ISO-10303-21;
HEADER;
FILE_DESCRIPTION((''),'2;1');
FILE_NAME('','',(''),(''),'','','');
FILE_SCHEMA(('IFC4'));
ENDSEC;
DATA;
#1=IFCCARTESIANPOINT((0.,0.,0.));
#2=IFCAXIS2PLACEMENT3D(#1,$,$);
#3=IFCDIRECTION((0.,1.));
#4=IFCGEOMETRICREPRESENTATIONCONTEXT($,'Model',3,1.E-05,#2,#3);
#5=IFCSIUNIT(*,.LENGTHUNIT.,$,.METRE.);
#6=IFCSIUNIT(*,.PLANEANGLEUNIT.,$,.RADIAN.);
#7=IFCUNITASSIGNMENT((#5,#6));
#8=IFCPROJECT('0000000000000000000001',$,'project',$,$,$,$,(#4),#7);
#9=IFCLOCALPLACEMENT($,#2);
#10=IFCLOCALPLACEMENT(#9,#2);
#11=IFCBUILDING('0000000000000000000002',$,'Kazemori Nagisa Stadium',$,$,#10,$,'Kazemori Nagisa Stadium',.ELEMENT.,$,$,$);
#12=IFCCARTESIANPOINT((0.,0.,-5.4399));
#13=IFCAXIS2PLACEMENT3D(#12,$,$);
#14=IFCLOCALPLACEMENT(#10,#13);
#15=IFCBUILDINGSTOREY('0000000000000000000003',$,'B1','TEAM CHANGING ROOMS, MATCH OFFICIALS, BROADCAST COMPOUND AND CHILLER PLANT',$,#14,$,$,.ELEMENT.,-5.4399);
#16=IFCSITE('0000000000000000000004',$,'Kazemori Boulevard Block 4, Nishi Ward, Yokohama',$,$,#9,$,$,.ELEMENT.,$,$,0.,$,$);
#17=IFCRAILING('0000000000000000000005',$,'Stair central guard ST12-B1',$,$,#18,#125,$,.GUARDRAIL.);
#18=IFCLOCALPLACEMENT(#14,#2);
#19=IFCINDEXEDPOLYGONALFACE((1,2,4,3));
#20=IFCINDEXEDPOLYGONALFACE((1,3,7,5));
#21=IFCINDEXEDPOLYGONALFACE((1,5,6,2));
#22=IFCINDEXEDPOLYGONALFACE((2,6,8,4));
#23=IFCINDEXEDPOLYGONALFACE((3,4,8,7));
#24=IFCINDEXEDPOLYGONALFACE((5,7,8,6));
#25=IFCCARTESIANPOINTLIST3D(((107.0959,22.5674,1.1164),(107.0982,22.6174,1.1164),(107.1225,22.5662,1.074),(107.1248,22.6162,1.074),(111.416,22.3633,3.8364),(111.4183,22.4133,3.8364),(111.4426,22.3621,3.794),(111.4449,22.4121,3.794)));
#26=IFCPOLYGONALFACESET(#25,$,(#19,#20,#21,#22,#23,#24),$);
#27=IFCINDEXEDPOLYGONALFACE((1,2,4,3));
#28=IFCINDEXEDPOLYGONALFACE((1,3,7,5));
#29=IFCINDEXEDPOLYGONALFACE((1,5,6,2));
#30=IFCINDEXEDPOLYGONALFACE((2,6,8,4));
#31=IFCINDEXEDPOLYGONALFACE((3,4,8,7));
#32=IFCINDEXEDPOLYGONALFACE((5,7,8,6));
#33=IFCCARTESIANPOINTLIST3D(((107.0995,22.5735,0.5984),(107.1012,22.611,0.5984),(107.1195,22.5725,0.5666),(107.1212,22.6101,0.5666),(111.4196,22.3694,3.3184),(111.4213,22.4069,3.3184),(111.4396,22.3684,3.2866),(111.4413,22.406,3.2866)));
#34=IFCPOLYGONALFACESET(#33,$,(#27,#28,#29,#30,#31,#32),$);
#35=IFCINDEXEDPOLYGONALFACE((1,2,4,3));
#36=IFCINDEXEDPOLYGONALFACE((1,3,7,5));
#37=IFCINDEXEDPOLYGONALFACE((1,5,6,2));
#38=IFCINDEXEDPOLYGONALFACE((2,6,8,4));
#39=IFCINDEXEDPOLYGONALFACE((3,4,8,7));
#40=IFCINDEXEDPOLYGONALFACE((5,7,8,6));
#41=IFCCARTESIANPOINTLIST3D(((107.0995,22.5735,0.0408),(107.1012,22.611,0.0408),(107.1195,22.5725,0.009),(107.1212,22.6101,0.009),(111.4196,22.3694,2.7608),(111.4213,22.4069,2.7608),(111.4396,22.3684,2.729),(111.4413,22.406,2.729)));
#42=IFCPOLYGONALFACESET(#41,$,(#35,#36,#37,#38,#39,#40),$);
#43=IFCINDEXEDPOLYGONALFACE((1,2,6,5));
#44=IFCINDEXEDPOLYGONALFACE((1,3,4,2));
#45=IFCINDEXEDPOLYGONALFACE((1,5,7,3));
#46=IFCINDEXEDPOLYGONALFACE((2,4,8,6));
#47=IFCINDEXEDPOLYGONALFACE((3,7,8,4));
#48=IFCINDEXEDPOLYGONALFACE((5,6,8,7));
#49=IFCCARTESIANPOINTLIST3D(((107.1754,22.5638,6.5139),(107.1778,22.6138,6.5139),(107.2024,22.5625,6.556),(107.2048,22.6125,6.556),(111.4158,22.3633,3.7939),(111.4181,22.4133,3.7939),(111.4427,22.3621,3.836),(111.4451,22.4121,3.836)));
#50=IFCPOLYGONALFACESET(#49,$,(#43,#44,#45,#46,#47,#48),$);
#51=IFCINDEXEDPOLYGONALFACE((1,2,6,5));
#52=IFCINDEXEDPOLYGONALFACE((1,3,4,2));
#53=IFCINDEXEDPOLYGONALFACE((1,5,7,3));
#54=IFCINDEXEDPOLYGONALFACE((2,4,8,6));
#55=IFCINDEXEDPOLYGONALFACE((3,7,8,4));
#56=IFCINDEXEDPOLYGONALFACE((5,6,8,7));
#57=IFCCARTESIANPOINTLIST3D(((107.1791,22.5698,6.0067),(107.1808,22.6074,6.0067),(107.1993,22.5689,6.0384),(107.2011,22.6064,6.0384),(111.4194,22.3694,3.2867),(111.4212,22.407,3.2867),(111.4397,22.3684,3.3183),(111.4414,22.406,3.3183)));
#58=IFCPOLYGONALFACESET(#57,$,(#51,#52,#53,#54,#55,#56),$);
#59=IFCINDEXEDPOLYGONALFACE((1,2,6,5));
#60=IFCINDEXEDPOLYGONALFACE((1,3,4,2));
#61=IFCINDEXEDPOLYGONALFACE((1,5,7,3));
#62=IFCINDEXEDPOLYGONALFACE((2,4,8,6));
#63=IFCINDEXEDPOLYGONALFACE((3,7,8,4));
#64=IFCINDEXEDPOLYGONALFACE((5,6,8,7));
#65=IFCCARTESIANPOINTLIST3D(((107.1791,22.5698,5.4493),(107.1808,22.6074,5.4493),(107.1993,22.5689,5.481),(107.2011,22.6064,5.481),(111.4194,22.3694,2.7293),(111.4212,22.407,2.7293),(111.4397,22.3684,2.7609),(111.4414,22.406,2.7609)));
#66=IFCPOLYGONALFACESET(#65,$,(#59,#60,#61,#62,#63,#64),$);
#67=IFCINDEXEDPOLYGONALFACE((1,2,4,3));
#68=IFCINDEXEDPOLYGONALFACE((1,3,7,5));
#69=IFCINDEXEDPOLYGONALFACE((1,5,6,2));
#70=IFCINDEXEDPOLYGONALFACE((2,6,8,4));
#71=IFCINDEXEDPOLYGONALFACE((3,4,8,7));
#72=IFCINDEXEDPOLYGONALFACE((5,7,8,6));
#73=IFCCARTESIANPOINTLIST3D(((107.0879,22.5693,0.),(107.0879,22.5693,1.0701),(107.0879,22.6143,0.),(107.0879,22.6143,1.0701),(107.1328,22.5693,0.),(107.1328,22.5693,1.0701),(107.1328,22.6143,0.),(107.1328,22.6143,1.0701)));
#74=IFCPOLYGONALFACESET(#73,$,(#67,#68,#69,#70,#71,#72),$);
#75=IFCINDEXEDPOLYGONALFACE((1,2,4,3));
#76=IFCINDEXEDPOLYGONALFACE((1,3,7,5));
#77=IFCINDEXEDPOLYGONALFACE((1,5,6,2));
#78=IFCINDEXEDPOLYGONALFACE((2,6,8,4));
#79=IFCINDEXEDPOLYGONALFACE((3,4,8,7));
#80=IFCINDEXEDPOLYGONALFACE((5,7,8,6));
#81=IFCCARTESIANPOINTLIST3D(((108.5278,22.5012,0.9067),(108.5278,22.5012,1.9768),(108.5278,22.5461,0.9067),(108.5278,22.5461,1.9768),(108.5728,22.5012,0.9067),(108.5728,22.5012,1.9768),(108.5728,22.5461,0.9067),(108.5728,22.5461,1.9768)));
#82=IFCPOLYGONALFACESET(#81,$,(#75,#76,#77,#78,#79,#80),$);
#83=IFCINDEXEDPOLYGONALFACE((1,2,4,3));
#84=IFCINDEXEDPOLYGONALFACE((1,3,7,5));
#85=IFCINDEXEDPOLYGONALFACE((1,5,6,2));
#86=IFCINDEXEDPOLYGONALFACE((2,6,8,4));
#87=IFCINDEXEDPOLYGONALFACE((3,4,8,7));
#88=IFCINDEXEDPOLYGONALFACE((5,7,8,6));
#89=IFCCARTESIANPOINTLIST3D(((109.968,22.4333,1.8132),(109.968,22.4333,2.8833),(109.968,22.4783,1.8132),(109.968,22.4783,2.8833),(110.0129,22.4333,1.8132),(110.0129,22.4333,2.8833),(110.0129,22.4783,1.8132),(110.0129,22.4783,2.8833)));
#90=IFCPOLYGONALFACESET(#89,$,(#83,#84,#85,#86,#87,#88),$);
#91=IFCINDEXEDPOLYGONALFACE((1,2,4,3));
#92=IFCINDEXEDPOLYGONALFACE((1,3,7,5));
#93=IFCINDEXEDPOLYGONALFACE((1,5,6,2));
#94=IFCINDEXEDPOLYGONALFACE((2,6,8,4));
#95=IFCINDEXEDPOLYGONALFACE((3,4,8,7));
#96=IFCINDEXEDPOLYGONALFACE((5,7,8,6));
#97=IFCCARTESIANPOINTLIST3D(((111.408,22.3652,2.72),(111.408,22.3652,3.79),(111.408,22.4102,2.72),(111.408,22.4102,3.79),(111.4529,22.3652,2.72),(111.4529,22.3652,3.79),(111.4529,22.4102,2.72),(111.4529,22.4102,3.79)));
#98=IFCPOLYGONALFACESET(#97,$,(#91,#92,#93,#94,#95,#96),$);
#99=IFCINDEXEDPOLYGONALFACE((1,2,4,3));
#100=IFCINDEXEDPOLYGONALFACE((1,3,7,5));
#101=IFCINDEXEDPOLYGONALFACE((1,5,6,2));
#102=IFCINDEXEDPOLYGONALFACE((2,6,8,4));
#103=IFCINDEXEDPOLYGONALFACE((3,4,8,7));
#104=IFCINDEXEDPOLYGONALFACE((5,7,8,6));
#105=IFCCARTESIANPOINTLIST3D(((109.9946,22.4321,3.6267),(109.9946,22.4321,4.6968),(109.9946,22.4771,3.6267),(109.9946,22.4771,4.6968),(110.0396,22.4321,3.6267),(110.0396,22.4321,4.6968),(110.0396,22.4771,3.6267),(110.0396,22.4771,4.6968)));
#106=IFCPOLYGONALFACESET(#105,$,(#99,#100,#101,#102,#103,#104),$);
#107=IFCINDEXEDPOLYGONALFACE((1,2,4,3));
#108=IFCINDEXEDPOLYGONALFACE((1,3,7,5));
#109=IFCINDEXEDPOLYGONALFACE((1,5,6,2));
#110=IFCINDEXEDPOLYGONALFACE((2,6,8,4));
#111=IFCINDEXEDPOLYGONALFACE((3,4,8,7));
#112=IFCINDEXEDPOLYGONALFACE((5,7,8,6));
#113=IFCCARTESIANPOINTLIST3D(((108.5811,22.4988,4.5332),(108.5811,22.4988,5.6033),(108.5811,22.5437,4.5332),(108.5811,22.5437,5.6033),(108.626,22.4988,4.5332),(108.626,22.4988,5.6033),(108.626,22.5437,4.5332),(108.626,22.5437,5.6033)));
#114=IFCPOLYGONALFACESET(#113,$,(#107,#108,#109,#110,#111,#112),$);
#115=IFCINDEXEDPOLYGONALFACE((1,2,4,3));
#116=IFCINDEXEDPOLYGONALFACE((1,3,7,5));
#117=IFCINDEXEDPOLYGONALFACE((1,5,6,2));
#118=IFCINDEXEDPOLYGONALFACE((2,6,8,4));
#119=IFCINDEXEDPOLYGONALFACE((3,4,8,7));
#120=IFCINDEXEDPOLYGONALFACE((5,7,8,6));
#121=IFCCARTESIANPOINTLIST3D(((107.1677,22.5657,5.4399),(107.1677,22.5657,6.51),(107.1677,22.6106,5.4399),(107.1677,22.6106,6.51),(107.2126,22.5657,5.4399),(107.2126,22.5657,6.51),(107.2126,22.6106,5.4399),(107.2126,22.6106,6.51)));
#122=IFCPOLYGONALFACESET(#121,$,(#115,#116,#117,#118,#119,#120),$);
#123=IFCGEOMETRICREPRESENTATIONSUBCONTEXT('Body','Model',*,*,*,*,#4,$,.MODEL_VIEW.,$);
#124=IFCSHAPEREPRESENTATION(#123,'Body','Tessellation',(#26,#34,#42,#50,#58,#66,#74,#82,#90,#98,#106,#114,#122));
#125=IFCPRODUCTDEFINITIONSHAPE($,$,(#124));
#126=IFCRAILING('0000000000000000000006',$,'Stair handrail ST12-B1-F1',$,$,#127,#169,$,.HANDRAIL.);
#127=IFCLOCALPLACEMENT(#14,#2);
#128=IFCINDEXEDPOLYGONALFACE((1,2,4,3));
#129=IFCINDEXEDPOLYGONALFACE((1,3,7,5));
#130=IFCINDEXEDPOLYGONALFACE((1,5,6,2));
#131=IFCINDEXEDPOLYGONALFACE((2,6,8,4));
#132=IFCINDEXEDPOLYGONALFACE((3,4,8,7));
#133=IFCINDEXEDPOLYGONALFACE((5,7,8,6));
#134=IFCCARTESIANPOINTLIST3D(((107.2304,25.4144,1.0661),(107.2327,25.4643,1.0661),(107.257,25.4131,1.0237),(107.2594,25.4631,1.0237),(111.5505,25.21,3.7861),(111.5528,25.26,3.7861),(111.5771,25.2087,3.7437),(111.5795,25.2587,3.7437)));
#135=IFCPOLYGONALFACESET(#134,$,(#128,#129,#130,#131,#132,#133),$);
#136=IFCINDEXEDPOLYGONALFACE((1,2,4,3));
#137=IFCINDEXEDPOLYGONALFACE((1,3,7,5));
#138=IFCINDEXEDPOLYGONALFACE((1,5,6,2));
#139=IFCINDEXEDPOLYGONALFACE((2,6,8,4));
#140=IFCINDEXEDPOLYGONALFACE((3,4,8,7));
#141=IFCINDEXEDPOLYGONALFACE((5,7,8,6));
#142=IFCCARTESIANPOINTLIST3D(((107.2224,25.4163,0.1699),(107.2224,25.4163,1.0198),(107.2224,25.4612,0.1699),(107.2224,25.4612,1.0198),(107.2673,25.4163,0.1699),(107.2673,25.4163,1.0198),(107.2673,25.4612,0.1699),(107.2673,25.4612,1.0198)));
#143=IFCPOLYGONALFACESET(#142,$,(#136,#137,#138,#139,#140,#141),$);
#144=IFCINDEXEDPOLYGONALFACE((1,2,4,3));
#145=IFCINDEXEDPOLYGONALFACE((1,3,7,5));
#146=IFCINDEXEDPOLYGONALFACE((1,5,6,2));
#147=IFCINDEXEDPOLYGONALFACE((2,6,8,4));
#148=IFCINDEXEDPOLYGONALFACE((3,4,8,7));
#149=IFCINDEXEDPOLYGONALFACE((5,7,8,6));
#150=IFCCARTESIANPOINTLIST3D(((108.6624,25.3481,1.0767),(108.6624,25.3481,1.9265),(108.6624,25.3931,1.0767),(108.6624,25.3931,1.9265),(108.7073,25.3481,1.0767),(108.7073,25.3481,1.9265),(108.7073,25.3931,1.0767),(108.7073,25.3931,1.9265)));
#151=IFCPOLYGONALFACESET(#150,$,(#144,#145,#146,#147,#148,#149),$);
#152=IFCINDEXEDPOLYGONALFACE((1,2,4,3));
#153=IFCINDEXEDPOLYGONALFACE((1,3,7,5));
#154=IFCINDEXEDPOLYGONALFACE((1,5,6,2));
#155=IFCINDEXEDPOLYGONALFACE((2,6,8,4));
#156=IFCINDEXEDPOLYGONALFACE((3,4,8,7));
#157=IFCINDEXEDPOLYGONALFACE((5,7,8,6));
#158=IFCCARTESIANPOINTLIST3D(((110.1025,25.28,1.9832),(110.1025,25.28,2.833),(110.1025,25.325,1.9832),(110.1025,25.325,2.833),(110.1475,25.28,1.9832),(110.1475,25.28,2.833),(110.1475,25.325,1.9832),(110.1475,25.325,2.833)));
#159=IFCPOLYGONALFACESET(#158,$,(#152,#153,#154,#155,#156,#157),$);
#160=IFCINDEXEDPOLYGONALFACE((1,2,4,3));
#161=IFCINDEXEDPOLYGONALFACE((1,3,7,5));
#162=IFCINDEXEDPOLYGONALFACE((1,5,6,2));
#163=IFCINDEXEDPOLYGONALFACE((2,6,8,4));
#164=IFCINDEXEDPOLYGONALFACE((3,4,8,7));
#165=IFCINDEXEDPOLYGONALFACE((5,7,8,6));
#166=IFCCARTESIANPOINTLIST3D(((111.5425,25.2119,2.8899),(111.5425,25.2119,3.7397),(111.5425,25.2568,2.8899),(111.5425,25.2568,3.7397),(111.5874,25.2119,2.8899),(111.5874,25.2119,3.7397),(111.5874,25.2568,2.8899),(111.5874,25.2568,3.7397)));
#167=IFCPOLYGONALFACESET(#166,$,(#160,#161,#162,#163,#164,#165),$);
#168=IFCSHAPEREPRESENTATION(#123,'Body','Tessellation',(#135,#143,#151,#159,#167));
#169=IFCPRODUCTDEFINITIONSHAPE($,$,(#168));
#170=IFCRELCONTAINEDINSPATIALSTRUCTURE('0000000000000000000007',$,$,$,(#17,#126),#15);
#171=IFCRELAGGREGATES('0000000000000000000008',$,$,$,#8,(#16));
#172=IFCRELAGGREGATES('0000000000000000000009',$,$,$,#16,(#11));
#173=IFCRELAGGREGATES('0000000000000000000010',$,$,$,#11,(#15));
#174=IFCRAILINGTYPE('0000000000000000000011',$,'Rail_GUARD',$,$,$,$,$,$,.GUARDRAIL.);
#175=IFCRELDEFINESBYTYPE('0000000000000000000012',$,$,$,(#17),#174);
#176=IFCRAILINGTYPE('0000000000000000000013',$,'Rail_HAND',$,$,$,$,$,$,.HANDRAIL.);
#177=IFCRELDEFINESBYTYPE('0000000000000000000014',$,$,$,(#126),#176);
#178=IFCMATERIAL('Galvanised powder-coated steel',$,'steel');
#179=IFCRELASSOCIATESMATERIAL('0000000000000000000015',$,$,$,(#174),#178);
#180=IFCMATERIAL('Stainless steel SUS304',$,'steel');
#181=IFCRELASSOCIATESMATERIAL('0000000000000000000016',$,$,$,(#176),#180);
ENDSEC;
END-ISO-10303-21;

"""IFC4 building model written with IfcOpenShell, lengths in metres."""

from ifc_helpers import new_model, si_unit, direction, frame, origin, origin_2d, place, context, subcontext, project, spatial, rectangle, extrude, material, type_object, element, save


model = new_model("IFC4")

# Units and contexts
model_context = context("Model", 3, precision=1e-05, world=origin(), true_north=direction((0.0, 1.0)))
body_context = subcontext(model_context, "Body", "Model", "MODEL_VIEW")
ifc_project = project(units=[si_unit("LENGTHUNIT", "METRE"), si_unit("PLANEANGLEUNIT", "RADIAN")], contexts=[model_context])

# Site, building, storey
site_placement = place(None, origin())
site = spatial("IfcSite", under=ifc_project, at=site_placement, Name="Kazemori Boulevard Block 4, Nishi Ward, Yokohama", CompositionType="ELEMENT", RefElevation=0.0)
building_placement = place(site_placement, origin())
building = spatial("IfcBuilding", under=site, at=building_placement, Name="Kazemori Nagisa Stadium", LongName="Kazemori Nagisa Stadium", CompositionType="ELEMENT")
storey_placement = place(building_placement, frame((0.0, 0.0, -5.4399)))
storey = spatial("IfcBuildingStorey", under=building, at=storey_placement, Name="B1", Description="TEAM CHANGING ROOMS, MATCH OFFICIALS, BROADCAST COMPOUND AND CHILLER PLANT", CompositionType="ELEMENT", Elevation=-5.4399)

# Railings
ifc_material_1 = material(Name="Galvanised powder-coated steel", Category="steel")
railing_type_1 = type_object("IfcRailingType", Name="Rail_GUARD", PredefinedType="GUARDRAIL", material=ifc_material_1)
railing_1_placement = place(storey_placement, frame((107.1104, 22.5918, 0.0)))
element("IfcRailing", 1, at=railing_1_placement, inside=storey, type_object=railing_type_1, Name="Stair central guard ST12-B1", PredefinedType="GUARDRAIL", context=body_context, shape_type="SweptSolid", body=[
    extrude(rectangle(XDim=0.05, YDim=0.05, at=origin_2d()), frame((0.0, 0.0, 1.0952), z_axis=(0.845564, -0.039949, 0.532378), x_axis=(0.047192, 0.998886, 0.0)), (0.0, 0.0, 1.0), 5.1091),
    extrude(rectangle(XDim=0.0376, YDim=0.0376, at=origin_2d()), frame((0.0, 0.0, 0.5825), z_axis=(0.845564, -0.039949, 0.532378), x_axis=(0.047192, 0.998886, 0.0)), (0.0, 0.0, 1.0), 5.1091),
    extrude(rectangle(XDim=0.0376, YDim=0.0376, at=origin_2d()), frame((0.0, 0.0, 0.0249), z_axis=(0.845564, -0.039949, 0.532378), x_axis=(0.047192, 0.998886, 0.0)), (0.0, 0.0, 1.0), 5.1091),
    extrude(rectangle(XDim=0.05, YDim=0.05, at=origin_2d()), frame((4.3201, -0.2041, 3.8149), z_axis=(-0.841045, 0.039757, 0.539503), x_axis=(-0.047218, -0.998885, 0.0)), (0.0, 0.0, 1.0), 5.0417),
    extrude(rectangle(XDim=0.0376, YDim=0.0376, at=origin_2d()), frame((4.3201, -0.2041, 3.3025), z_axis=(-0.841045, 0.039757, 0.539503), x_axis=(-0.047218, -0.998885, 0.0)), (0.0, 0.0, 1.0), 5.0417),
    extrude(rectangle(XDim=0.0376, YDim=0.0376, at=origin_2d()), frame((4.3201, -0.2041, 2.7451), z_axis=(-0.841045, 0.039757, 0.539503), x_axis=(-0.047218, -0.998885, 0.0)), (0.0, 0.0, 1.0), 5.0417),
    extrude(rectangle(XDim=0.0449, YDim=0.0449, at=origin_2d()), origin(), (0.0, 0.0, 1.0), 1.0701),
    extrude(rectangle(XDim=0.0449, YDim=0.0449, at=origin_2d()), frame((1.4399, -0.0681, 0.9067)), (0.0, 0.0, 1.0), 1.0701),
    extrude(rectangle(XDim=0.0449, YDim=0.0449, at=origin_2d()), frame((2.8801, -0.136, 1.8132)), (0.0, 0.0, 1.0), 1.0701),
    extrude(rectangle(XDim=0.0449, YDim=0.0449, at=origin_2d()), frame((4.3201, -0.2041, 2.72)), (0.0, 0.0, 1.0), 1.0701),
    extrude(rectangle(XDim=0.0449, YDim=0.0449, at=origin_2d()), frame((2.9067, -0.1372, 3.6267)), (0.0, 0.0, 1.0), 1.0701),
    extrude(rectangle(XDim=0.0449, YDim=0.0449, at=origin_2d()), frame((1.4932, -0.0706, 4.5332)), (0.0, 0.0, 1.0), 1.0701),
    extrude(rectangle(XDim=0.0449, YDim=0.0449, at=origin_2d()), frame((0.0798, -0.0037, 5.4399)), (0.0, 0.0, 1.0), 1.0701),
])
ifc_material_2 = material(Name="Stainless steel SUS304", Category="steel")
railing_type_2 = type_object("IfcRailingType", Name="Rail_HAND", PredefinedType="HANDRAIL", material=ifc_material_2)
railing_2_placement = place(storey_placement, frame((107.2449, 25.4387, 0.1699)))
element("IfcRailing", 2, at=railing_2_placement, inside=storey, type_object=railing_type_2, Name="Stair handrail ST12-B1-F1", PredefinedType="HANDRAIL", context=body_context, shape_type="SweptSolid", body=[
    extrude(rectangle(XDim=0.05, YDim=0.05, at=origin_2d()), frame((0.0, 0.0, 0.875), z_axis=(0.845562, -0.039996, 0.532377), x_axis=(0.047249, 0.998883, 0.0)), (0.0, 0.0, 1.0), 5.1091),
    extrude(rectangle(XDim=0.0449, YDim=0.0449, at=origin_2d()), origin(), (0.0, 0.0, 1.0), 0.8499),
    extrude(rectangle(XDim=0.0449, YDim=0.0449, at=origin_2d()), frame((1.4399, -0.0681, 0.9067)), (0.0, 0.0, 1.0), 0.8499),
    extrude(rectangle(XDim=0.0449, YDim=0.0449, at=origin_2d()), frame((2.8801, -0.1362, 1.8132)), (0.0, 0.0, 1.0), 0.8499),
    extrude(rectangle(XDim=0.0449, YDim=0.0449, at=origin_2d()), frame((4.3201, -0.2043, 2.72)), (0.0, 0.0, 1.0), 0.8499),
])

save(model, "model.ifc")
